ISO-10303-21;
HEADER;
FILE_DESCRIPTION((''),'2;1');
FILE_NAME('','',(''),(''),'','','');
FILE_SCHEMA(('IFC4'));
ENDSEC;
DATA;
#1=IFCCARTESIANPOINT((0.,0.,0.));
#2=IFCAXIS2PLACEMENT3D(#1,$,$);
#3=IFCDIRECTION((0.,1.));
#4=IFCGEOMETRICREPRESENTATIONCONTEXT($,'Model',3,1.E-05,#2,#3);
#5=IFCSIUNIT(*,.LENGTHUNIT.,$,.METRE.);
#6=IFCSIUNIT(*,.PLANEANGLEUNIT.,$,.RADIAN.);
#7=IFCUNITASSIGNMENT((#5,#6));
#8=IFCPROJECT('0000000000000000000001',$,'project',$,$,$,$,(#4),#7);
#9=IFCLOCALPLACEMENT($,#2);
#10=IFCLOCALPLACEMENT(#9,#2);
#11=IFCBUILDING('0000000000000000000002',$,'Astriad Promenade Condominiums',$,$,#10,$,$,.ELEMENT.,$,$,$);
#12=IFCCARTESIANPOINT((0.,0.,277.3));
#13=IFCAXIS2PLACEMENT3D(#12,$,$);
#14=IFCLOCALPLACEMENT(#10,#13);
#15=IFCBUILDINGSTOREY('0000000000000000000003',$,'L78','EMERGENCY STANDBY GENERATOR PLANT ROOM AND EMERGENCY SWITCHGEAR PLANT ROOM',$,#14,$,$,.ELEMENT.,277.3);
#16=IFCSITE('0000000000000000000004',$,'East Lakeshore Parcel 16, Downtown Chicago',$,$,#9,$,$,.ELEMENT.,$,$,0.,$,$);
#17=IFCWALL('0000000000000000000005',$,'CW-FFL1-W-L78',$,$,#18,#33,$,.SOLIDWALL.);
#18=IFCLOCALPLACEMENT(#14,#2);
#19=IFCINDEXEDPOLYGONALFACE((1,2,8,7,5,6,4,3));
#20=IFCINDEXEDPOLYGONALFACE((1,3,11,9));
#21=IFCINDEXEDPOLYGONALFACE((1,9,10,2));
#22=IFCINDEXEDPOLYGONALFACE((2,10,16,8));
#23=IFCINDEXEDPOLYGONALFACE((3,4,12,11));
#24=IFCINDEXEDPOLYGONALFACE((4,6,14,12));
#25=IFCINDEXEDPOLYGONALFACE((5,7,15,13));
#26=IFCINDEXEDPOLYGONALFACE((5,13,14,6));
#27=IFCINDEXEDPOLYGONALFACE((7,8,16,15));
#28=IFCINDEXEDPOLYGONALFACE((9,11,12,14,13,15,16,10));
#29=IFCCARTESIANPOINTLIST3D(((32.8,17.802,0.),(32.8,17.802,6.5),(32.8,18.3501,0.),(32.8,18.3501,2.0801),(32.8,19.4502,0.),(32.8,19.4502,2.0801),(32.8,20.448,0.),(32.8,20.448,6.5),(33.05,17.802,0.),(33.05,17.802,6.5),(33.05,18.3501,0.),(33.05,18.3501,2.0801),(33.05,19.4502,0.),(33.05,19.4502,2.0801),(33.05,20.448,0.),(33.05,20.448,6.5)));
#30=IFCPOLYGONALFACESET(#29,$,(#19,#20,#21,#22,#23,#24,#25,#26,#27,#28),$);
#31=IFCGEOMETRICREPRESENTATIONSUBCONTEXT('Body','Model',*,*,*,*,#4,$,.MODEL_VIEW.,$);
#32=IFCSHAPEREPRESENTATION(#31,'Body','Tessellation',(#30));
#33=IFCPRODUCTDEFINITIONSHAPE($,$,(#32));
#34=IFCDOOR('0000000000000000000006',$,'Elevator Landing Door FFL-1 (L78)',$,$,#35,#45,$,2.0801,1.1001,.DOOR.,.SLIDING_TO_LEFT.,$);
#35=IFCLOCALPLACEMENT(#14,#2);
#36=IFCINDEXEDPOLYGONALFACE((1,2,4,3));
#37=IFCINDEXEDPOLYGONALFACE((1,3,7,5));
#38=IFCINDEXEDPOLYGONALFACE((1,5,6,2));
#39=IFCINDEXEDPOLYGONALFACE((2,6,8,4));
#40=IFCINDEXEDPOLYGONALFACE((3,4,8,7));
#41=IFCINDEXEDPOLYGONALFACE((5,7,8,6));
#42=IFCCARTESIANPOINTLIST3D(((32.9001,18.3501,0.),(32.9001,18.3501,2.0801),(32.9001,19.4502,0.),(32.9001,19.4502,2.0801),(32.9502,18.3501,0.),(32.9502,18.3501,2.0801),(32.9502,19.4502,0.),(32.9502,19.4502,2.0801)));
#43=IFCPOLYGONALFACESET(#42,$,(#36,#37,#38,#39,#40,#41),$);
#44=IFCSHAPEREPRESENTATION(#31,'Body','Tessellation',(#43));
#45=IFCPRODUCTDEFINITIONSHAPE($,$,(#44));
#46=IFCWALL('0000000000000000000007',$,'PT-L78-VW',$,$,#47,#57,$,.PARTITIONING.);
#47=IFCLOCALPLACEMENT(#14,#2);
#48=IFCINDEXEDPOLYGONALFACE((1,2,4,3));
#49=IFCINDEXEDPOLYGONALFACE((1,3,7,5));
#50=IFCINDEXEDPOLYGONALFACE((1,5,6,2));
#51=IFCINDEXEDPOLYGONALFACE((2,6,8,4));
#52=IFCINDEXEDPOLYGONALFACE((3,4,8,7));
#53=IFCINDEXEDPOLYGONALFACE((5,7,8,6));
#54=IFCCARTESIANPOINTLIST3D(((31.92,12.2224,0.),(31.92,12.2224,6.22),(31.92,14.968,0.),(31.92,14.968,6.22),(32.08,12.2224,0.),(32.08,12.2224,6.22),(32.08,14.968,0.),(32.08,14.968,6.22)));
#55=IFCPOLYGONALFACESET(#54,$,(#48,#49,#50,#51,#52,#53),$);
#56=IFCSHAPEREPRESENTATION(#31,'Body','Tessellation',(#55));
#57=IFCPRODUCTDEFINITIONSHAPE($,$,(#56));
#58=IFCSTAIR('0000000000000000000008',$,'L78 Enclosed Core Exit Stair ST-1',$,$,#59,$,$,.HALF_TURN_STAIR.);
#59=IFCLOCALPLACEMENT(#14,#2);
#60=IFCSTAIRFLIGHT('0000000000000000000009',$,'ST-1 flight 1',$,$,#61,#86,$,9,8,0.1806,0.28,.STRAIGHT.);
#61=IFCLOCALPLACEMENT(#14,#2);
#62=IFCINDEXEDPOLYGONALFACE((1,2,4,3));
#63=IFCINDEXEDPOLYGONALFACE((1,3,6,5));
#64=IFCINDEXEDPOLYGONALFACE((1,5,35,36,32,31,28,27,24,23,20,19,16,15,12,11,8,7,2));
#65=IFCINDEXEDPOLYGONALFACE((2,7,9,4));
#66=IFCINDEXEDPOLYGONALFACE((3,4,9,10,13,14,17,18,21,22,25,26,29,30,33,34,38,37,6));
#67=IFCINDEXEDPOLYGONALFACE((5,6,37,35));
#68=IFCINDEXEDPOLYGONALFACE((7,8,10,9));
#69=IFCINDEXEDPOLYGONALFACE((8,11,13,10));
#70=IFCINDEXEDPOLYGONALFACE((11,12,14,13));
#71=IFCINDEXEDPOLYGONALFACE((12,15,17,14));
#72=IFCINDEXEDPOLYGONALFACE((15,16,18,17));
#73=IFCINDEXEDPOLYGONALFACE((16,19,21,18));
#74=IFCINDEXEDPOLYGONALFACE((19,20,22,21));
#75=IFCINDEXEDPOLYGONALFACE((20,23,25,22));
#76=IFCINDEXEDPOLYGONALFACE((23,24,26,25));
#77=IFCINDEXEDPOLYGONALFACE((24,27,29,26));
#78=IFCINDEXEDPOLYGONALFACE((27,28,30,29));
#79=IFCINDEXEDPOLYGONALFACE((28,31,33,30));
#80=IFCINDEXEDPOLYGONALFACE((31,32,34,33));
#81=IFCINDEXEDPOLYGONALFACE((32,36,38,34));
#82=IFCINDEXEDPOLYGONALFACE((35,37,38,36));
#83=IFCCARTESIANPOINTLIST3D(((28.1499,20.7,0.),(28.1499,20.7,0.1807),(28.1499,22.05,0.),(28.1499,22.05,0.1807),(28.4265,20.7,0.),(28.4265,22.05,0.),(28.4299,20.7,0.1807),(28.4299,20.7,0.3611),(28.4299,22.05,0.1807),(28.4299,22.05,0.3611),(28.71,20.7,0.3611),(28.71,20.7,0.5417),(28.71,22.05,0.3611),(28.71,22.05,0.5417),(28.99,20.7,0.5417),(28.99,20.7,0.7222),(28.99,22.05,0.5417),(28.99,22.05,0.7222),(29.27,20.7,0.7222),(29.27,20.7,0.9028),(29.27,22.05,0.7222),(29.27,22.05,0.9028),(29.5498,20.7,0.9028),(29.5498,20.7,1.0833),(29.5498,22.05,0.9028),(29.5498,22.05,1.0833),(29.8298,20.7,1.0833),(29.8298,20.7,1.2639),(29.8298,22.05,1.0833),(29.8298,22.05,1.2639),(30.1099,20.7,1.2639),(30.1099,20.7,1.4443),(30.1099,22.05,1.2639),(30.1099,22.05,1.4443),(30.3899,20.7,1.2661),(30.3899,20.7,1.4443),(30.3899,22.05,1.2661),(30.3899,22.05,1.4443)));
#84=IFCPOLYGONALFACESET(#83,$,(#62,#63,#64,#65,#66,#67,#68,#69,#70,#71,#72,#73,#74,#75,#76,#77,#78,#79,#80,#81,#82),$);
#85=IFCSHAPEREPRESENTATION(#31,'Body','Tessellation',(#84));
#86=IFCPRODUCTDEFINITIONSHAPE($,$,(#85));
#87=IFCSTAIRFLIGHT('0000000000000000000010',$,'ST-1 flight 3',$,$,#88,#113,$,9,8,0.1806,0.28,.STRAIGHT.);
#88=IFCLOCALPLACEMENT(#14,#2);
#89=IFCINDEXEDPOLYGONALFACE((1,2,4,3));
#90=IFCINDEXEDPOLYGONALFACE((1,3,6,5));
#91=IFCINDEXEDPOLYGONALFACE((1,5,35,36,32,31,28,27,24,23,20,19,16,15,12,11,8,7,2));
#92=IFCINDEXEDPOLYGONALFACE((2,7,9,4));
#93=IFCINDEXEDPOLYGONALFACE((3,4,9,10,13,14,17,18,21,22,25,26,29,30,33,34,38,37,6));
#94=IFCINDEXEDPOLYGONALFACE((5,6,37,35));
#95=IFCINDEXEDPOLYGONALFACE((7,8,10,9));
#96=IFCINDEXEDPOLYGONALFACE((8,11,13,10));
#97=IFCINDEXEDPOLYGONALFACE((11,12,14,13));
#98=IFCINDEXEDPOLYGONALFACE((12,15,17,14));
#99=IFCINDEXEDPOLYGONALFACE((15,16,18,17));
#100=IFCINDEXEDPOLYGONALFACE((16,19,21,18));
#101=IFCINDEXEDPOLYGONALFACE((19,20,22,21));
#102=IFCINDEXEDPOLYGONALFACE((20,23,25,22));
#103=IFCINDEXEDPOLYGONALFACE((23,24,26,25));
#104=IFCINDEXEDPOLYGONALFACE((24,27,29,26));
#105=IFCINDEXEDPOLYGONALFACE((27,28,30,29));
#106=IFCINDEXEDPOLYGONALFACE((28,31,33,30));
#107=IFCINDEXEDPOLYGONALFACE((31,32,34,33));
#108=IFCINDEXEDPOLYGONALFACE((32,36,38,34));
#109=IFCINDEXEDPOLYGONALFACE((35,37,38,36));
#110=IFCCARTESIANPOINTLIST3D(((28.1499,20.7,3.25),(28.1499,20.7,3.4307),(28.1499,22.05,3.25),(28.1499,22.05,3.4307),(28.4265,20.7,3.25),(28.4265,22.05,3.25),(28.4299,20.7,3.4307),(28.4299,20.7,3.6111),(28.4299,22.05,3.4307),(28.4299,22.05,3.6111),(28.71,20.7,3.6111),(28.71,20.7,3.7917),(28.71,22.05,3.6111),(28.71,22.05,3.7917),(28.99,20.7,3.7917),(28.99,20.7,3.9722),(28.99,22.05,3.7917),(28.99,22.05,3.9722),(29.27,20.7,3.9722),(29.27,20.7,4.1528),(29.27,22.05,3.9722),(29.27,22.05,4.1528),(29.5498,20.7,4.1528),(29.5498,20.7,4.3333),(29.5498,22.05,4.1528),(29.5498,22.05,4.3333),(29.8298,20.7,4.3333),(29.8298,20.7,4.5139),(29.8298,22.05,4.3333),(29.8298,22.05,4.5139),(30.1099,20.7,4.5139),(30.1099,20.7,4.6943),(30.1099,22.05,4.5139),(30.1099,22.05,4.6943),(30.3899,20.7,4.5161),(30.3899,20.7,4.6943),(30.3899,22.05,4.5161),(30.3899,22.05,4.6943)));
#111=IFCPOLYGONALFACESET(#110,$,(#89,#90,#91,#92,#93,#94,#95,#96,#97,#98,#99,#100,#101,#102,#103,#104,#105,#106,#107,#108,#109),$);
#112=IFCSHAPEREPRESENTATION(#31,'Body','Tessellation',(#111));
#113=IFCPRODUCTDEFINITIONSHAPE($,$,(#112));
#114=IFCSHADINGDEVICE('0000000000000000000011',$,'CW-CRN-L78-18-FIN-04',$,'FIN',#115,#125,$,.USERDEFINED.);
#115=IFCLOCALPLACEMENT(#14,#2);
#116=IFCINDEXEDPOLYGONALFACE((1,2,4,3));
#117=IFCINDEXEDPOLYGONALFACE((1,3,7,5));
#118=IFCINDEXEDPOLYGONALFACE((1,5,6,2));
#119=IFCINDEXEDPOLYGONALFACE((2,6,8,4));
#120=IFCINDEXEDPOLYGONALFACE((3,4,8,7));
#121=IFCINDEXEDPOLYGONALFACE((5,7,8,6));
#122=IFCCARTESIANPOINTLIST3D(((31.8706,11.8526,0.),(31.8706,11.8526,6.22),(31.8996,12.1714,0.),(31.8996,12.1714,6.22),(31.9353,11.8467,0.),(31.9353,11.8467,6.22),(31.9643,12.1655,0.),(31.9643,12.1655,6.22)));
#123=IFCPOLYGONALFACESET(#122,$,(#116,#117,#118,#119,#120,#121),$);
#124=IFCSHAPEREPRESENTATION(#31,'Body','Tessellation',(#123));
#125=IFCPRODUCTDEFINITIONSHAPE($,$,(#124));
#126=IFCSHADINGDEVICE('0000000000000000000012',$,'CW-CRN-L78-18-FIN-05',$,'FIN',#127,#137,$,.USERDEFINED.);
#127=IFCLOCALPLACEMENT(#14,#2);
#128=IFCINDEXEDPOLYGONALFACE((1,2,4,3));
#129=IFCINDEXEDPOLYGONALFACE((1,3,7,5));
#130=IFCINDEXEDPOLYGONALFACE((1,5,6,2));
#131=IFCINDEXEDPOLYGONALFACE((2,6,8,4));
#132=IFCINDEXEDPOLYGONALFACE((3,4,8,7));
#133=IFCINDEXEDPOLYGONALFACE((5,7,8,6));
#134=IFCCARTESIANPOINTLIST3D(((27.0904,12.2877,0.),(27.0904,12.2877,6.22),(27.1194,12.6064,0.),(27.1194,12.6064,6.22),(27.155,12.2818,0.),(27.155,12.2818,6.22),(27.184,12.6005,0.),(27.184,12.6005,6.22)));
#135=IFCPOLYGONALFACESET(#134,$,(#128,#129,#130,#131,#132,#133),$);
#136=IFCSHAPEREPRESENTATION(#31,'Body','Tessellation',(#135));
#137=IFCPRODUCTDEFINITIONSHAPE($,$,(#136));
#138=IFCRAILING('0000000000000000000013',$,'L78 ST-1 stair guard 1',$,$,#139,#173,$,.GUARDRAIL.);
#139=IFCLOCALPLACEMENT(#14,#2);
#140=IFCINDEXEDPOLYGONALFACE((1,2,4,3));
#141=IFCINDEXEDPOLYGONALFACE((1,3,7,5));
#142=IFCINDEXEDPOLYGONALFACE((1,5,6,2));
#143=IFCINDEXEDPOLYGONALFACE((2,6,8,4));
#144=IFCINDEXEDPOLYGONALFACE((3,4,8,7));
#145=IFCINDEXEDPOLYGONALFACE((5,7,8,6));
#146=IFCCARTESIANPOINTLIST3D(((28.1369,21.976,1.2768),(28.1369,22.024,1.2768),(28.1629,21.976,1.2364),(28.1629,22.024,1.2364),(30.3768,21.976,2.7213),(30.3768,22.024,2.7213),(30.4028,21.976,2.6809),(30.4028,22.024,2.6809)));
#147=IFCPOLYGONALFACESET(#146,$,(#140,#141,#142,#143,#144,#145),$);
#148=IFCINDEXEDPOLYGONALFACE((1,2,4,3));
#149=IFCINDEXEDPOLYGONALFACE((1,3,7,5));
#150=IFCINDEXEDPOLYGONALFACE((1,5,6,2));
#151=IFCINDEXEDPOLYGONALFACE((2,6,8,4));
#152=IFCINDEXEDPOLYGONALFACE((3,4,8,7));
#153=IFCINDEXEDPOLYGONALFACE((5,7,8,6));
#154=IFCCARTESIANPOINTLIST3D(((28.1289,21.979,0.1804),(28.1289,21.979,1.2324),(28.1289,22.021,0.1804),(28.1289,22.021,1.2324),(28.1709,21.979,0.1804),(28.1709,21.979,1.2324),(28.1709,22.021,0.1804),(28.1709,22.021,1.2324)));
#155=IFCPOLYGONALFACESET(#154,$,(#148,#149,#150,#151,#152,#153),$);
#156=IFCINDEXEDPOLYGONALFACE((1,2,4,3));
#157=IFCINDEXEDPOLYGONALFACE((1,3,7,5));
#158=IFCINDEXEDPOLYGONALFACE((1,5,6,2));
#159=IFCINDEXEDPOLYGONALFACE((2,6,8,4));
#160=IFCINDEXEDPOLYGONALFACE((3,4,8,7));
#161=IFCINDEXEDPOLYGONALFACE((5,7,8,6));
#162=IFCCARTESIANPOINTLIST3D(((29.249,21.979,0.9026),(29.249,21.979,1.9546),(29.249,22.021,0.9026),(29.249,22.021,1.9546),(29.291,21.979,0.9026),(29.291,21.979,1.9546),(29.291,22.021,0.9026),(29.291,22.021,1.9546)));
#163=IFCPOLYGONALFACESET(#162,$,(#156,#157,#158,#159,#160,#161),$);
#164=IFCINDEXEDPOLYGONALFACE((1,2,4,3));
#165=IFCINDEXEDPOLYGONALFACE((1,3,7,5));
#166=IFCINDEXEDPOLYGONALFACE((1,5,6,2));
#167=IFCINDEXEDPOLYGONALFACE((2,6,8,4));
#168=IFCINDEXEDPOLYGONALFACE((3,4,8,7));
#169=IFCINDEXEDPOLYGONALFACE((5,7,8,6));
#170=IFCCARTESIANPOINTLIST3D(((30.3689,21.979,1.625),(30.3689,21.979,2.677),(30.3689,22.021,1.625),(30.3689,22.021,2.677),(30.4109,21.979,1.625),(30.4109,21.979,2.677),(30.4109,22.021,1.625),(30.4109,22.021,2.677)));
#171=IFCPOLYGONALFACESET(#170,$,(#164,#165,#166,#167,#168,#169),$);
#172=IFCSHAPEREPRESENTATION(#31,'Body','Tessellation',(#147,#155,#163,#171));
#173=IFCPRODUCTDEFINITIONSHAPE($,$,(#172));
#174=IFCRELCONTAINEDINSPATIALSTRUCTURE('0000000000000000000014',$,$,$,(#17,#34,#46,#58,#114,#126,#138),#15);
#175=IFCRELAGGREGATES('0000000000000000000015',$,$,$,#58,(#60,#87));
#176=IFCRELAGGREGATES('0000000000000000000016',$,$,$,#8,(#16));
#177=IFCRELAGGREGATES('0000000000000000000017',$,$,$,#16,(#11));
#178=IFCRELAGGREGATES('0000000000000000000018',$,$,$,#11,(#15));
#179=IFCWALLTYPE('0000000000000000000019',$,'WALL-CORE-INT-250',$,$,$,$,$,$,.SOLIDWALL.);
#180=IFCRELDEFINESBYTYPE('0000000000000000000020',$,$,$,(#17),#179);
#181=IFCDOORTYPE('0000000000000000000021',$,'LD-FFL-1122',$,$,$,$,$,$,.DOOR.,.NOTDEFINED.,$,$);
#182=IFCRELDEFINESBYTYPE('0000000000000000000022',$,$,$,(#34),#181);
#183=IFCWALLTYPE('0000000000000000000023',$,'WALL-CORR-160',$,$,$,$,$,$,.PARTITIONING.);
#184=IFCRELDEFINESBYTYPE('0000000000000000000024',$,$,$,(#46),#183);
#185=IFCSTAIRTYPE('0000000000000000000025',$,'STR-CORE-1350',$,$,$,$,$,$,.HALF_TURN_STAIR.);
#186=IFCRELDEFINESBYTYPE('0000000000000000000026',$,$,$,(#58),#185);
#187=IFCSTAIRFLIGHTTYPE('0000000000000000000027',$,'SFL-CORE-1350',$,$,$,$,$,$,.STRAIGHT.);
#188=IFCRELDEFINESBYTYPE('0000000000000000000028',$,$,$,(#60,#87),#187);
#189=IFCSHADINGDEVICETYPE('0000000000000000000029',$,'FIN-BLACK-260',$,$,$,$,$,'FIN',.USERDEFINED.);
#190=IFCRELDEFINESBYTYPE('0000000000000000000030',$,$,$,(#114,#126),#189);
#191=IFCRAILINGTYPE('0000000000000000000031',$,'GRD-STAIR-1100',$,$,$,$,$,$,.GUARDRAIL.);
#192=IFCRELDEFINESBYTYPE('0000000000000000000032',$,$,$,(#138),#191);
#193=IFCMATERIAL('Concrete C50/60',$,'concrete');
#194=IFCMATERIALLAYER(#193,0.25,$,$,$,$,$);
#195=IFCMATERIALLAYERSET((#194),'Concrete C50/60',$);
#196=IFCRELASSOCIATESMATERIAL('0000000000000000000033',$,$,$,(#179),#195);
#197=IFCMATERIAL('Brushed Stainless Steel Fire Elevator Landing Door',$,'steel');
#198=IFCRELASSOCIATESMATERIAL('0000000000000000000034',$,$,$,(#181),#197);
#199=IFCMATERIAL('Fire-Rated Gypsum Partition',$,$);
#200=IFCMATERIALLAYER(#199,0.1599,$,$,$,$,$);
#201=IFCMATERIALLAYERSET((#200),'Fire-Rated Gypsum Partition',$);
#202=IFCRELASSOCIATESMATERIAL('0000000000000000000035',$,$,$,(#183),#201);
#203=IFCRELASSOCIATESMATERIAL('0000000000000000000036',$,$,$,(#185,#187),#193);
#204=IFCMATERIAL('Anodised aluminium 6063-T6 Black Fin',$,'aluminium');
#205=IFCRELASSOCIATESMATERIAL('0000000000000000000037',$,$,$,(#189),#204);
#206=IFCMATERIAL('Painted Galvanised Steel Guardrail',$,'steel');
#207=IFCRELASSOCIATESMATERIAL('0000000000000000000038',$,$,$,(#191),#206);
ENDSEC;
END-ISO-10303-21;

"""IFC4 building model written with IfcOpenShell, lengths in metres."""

from ifc_helpers import new_model, si_unit, direction, frame, frame_2d, origin, origin_2d, place, context, subcontext, project, spatial, polyline, rectangle, outline, extrude, source, transform, mapped, material, layer, layer_set, type_object, type_shapes, element, fill, aggregate, save


model = new_model("IFC4")

# Units and contexts
model_context = context("Model", 3, precision=1e-05, world=origin(), true_north=direction((0.0, 1.0)))
body_context = subcontext(model_context, "Body", "Model", "MODEL_VIEW")
ifc_project = project(units=[si_unit("LENGTHUNIT", "METRE"), si_unit("PLANEANGLEUNIT", "RADIAN")], contexts=[model_context])

# Site, building, storey
site_placement = place(None, origin())
site = spatial("IfcSite", under=ifc_project, at=site_placement, Name="East Lakeshore Parcel 16, Downtown Chicago", CompositionType="ELEMENT", RefElevation=0.0)
building_placement = place(site_placement, origin())
building = spatial("IfcBuilding", under=site, at=building_placement, Name="Astriad Promenade Condominiums", CompositionType="ELEMENT")
storey_placement = place(building_placement, frame((0.0, 0.0, 277.3)))
storey = spatial("IfcBuildingStorey", under=building, at=storey_placement, Name="L78", Description="EMERGENCY STANDBY GENERATOR PLANT ROOM AND EMERGENCY SWITCHGEAR PLANT ROOM", CompositionType="ELEMENT", Elevation=277.3)

# Shared definitions
ifc_material_1 = material(Name="Concrete C50/60", Category="concrete")

# Shared definitions
ifc_layer_1 = layer(ifc_material_1, 0.25)
ifc_layer_set_1 = layer_set([ifc_layer_1], Name="Concrete C50/60")
wall_type_1 = type_object("IfcWallType", Name="WALL-CORE-INT-250", PredefinedType="SOLIDWALL", material=ifc_layer_set_1)

# Wall, opening, door
wall_1_placement = place(storey_placement, frame((32.925, 17.802, 0.0), z_axis=(0.0, 0.0, 1.0), x_axis=(0.0, 1.0, 0.0)))
wall_1 = element("IfcWall", 1, at=wall_1_placement, inside=storey, type_object=wall_type_1, Name="CW-FFL1-W-L78", PredefinedType="SOLIDWALL", context=body_context, shape_type="SweptSolid", body=[
    extrude(rectangle(XDim=2.646, YDim=0.25, at=frame_2d((1.323, 0.0))), origin(), (0.0, 0.0, 1.0), 6.5),
])
opening_1_placement = place(wall_1_placement, frame((0.5481, 0.0, 0.0)))
opening_1 = element("IfcOpeningElement", 2, at=opening_1_placement, cuts=wall_1, PredefinedType="OPENING", context=body_context, shape_type="SweptSolid", body=[
    extrude(rectangle(XDim=1.1001, YDim=2.0801, at=frame_2d((0.55, 1.04))), frame((0.0, 0.135, 0.0), z_axis=(0.0, -1.0, 0.0), x_axis=(1.0, 0.0, 0.0)), (0.0, 0.0, 1.0), 0.27),
])
ifc_material_2 = material(Name="Brushed Stainless Steel Fire Elevator Landing Door", Category="steel")
door_type_1 = type_object("IfcDoorType", Name="LD-FFL-1122", OperationType="NOTDEFINED", PredefinedType="DOOR", material=ifc_material_2)
shared_shape_1 = source(origin(), body_context, "Body", "SweptSolid", [
    extrude(rectangle(XDim=1.1001, YDim=2.0801, at=frame_2d((0.55, 1.04))), frame((0.0, 0.0249, 0.0), z_axis=(0.0, -1.0, 0.0), x_axis=(1.0, 0.0, 0.0)), (0.0, 0.0, 1.0), 0.05),
])
type_shapes(door_type_1, [shared_shape_1])
door_1_placement = place(opening_1_placement, origin())
door_1 = element("IfcDoor", 3, at=door_1_placement, inside=storey, type_object=door_type_1, Name="Elevator Landing Door FFL-1 (L78)", OperationType="SLIDING_TO_LEFT", OverallHeight=2.0801, OverallWidth=1.1001, PredefinedType="DOOR", context=body_context, shape_type="MappedRepresentation", body=[
    mapped(shared_shape_1, transform((0.0, 0.0, 0.0), scale=1.0)),
])
fill(opening_1, door_1)

# Wall
ifc_material_3 = material(Name="Fire-Rated Gypsum Partition")
ifc_layer_2 = layer(ifc_material_3, 0.1599)
ifc_layer_set_2 = layer_set([ifc_layer_2], Name="Fire-Rated Gypsum Partition")
wall_type_2 = type_object("IfcWallType", Name="WALL-CORR-160", PredefinedType="PARTITIONING", material=ifc_layer_set_2)
wall_2_placement = place(storey_placement, frame((32.0, 12.2224, 0.0), z_axis=(0.0, 0.0, 1.0), x_axis=(0.0, 1.0, 0.0)))
element("IfcWall", 4, at=wall_2_placement, inside=storey, type_object=wall_type_2, Name="PT-L78-VW", PredefinedType="PARTITIONING", context=body_context, shape_type="SweptSolid", body=[
    extrude(rectangle(XDim=2.7456, YDim=0.1599, at=frame_2d((1.3728, 0.0))), origin(), (0.0, 0.0, 1.0), 6.22),
])

# Stair, stair flights
stair_type = type_object("IfcStairType", Name="STR-CORE-1350", PredefinedType="HALF_TURN_STAIR", material=ifc_material_1)
stair_placement = place(storey_placement, origin())
stair = element("IfcStair", 5, at=stair_placement, inside=storey, type_object=stair_type, Name="L78 Enclosed Core Exit Stair ST-1", PredefinedType="HALF_TURN_STAIR")
stair_flight_type = type_object("IfcStairFlightType", Name="SFL-CORE-1350", PredefinedType="STRAIGHT", material=ifc_material_1)
shared_shape_2 = source(origin(), body_context, "Body", "SweptSolid", [
    extrude(outline(polyline([(0.0, 0.0), (0.0, 0.1807), (0.28, 0.1807), (0.28, 0.3611), (0.5601, 0.3611), (0.5601, 0.5417), (0.8401, 0.5417), (0.8401, 0.7222), (1.1201, 0.7222), (1.1201, 0.9028), (1.3999, 0.9028), (1.3999, 1.0833), (1.6799, 1.0833), (1.6799, 1.2639), (1.96, 1.2639), (1.96, 1.4443), (2.24, 1.4443), (2.24, 1.625), (2.24, 1.2661), (0.2766, 0.0), (0.0, 0.0)])), frame((0.0, 0.675, 0.0), z_axis=(0.0, -1.0, 0.0), x_axis=(1.0, 0.0, 0.0)), (0.0, 0.0, 1.0), 1.3501),
])
type_shapes(stair_flight_type, [shared_shape_2])
stair_flight_1_placement = place(storey_placement, frame((28.1499, 21.375, 0.0), z_axis=(0.0, 0.0, 1.0), x_axis=(1.0, 0.0, 0.0)))
stair_flight_1 = element("IfcStairFlight", 6, at=stair_flight_1_placement, type_object=stair_flight_type, Name="ST-1 flight 1", NumberOfRisers=9, NumberOfTreads=8, PredefinedType="STRAIGHT", RiserHeight=0.1806, TreadLength=0.28, context=body_context, shape_type="MappedRepresentation", body=[
    mapped(shared_shape_2, transform((0.0, 0.0, 0.0), scale=1.0)),
])
stair_flight_2_placement = place(storey_placement, frame((28.1499, 21.375, 3.25), z_axis=(0.0, 0.0, 1.0), x_axis=(1.0, 0.0, 0.0)))
stair_flight_2 = element("IfcStairFlight", 7, at=stair_flight_2_placement, type_object=stair_flight_type, Name="ST-1 flight 3", NumberOfRisers=9, NumberOfTreads=8, PredefinedType="STRAIGHT", RiserHeight=0.1806, TreadLength=0.28, context=body_context, shape_type="MappedRepresentation", body=[
    mapped(shared_shape_2, transform((0.0, 0.0, 0.0), scale=1.0)),
])
aggregate(stair, [stair_flight_1, stair_flight_2])

# Shading devices
ifc_material_4 = material(Name="Anodised aluminium 6063-T6 Black Fin", Category="aluminium")
shading_device_type = type_object("IfcShadingDeviceType", Name="FIN-BLACK-260", ElementType="FIN", PredefinedType="USERDEFINED", material=ifc_material_4)
shared_shape_3 = source(origin(), body_context, "Body", "SweptSolid", [
    extrude(rectangle(XDim=0.0649, YDim=0.3201, at=origin_2d()), origin(), (0.0, 0.0, 1.0), 6.22),
])
type_shapes(shading_device_type, [shared_shape_3])
for number, where, z_axis, x_axis, name in (
    (8, (31.9175, 12.009, 0.0), (0.0, 0.0, 1.0), (-0.995884, 0.090633, 0.0), "CW-CRN-L78-18-FIN-04"),
    (9, (27.1372, 12.4441, 0.0), (0.0, 0.0, 1.0), (-0.995884, 0.090633, 0.0), "CW-CRN-L78-18-FIN-05"),
):
    element("IfcShadingDevice", number, at=place(storey_placement, frame(where, z_axis=z_axis, x_axis=x_axis)), inside=storey, type_object=shading_device_type, Name=name, ObjectType="FIN", PredefinedType="USERDEFINED", context=body_context, shape_type="MappedRepresentation", body=[
        mapped(shared_shape_3, transform((0.0, 0.0, 0.0), scale=1.0)),
    ])

# Railing
ifc_material_5 = material(Name="Painted Galvanised Steel Guardrail", Category="steel")
railing_type_1 = type_object("IfcRailingType", Name="GRD-STAIR-1100", PredefinedType="GUARDRAIL", material=ifc_material_5)
shared_shape_4 = source(origin(), body_context, "Body", "SweptSolid", [
    extrude(rectangle(XDim=0.0481, YDim=0.0481, at=origin_2d()), frame((0.0, 0.0, 1.0762), z_axis=(0.840395, 0.0, 0.541975), x_axis=(0.0, 1.0, 0.0)), (0.0, 0.0, 1.0), 2.6653),
    extrude(rectangle(XDim=0.042, YDim=0.042, at=origin_2d()), origin(), (0.0, 0.0, 1.0), 1.052),
    extrude(rectangle(XDim=0.042, YDim=0.042, at=origin_2d()), frame((1.1201, 0.0, 0.7222)), (0.0, 0.0, 1.0), 1.052),
    extrude(rectangle(XDim=0.042, YDim=0.042, at=origin_2d()), frame((2.24, 0.0, 1.4446)), (0.0, 0.0, 1.0), 1.052),
])
type_shapes(railing_type_1, [shared_shape_4])
railing_placement = place(storey_placement, frame((28.1499, 22.0, 0.1804)))
element("IfcRailing", 10, at=railing_placement, inside=storey, type_object=railing_type_1, Name="L78 ST-1 stair guard 1", PredefinedType="GUARDRAIL", context=body_context, shape_type="MappedRepresentation", body=[
    mapped(shared_shape_4, transform((0.0, 0.0, 0.0), scale=1.0)),
])

save(model, "model.ifc")
